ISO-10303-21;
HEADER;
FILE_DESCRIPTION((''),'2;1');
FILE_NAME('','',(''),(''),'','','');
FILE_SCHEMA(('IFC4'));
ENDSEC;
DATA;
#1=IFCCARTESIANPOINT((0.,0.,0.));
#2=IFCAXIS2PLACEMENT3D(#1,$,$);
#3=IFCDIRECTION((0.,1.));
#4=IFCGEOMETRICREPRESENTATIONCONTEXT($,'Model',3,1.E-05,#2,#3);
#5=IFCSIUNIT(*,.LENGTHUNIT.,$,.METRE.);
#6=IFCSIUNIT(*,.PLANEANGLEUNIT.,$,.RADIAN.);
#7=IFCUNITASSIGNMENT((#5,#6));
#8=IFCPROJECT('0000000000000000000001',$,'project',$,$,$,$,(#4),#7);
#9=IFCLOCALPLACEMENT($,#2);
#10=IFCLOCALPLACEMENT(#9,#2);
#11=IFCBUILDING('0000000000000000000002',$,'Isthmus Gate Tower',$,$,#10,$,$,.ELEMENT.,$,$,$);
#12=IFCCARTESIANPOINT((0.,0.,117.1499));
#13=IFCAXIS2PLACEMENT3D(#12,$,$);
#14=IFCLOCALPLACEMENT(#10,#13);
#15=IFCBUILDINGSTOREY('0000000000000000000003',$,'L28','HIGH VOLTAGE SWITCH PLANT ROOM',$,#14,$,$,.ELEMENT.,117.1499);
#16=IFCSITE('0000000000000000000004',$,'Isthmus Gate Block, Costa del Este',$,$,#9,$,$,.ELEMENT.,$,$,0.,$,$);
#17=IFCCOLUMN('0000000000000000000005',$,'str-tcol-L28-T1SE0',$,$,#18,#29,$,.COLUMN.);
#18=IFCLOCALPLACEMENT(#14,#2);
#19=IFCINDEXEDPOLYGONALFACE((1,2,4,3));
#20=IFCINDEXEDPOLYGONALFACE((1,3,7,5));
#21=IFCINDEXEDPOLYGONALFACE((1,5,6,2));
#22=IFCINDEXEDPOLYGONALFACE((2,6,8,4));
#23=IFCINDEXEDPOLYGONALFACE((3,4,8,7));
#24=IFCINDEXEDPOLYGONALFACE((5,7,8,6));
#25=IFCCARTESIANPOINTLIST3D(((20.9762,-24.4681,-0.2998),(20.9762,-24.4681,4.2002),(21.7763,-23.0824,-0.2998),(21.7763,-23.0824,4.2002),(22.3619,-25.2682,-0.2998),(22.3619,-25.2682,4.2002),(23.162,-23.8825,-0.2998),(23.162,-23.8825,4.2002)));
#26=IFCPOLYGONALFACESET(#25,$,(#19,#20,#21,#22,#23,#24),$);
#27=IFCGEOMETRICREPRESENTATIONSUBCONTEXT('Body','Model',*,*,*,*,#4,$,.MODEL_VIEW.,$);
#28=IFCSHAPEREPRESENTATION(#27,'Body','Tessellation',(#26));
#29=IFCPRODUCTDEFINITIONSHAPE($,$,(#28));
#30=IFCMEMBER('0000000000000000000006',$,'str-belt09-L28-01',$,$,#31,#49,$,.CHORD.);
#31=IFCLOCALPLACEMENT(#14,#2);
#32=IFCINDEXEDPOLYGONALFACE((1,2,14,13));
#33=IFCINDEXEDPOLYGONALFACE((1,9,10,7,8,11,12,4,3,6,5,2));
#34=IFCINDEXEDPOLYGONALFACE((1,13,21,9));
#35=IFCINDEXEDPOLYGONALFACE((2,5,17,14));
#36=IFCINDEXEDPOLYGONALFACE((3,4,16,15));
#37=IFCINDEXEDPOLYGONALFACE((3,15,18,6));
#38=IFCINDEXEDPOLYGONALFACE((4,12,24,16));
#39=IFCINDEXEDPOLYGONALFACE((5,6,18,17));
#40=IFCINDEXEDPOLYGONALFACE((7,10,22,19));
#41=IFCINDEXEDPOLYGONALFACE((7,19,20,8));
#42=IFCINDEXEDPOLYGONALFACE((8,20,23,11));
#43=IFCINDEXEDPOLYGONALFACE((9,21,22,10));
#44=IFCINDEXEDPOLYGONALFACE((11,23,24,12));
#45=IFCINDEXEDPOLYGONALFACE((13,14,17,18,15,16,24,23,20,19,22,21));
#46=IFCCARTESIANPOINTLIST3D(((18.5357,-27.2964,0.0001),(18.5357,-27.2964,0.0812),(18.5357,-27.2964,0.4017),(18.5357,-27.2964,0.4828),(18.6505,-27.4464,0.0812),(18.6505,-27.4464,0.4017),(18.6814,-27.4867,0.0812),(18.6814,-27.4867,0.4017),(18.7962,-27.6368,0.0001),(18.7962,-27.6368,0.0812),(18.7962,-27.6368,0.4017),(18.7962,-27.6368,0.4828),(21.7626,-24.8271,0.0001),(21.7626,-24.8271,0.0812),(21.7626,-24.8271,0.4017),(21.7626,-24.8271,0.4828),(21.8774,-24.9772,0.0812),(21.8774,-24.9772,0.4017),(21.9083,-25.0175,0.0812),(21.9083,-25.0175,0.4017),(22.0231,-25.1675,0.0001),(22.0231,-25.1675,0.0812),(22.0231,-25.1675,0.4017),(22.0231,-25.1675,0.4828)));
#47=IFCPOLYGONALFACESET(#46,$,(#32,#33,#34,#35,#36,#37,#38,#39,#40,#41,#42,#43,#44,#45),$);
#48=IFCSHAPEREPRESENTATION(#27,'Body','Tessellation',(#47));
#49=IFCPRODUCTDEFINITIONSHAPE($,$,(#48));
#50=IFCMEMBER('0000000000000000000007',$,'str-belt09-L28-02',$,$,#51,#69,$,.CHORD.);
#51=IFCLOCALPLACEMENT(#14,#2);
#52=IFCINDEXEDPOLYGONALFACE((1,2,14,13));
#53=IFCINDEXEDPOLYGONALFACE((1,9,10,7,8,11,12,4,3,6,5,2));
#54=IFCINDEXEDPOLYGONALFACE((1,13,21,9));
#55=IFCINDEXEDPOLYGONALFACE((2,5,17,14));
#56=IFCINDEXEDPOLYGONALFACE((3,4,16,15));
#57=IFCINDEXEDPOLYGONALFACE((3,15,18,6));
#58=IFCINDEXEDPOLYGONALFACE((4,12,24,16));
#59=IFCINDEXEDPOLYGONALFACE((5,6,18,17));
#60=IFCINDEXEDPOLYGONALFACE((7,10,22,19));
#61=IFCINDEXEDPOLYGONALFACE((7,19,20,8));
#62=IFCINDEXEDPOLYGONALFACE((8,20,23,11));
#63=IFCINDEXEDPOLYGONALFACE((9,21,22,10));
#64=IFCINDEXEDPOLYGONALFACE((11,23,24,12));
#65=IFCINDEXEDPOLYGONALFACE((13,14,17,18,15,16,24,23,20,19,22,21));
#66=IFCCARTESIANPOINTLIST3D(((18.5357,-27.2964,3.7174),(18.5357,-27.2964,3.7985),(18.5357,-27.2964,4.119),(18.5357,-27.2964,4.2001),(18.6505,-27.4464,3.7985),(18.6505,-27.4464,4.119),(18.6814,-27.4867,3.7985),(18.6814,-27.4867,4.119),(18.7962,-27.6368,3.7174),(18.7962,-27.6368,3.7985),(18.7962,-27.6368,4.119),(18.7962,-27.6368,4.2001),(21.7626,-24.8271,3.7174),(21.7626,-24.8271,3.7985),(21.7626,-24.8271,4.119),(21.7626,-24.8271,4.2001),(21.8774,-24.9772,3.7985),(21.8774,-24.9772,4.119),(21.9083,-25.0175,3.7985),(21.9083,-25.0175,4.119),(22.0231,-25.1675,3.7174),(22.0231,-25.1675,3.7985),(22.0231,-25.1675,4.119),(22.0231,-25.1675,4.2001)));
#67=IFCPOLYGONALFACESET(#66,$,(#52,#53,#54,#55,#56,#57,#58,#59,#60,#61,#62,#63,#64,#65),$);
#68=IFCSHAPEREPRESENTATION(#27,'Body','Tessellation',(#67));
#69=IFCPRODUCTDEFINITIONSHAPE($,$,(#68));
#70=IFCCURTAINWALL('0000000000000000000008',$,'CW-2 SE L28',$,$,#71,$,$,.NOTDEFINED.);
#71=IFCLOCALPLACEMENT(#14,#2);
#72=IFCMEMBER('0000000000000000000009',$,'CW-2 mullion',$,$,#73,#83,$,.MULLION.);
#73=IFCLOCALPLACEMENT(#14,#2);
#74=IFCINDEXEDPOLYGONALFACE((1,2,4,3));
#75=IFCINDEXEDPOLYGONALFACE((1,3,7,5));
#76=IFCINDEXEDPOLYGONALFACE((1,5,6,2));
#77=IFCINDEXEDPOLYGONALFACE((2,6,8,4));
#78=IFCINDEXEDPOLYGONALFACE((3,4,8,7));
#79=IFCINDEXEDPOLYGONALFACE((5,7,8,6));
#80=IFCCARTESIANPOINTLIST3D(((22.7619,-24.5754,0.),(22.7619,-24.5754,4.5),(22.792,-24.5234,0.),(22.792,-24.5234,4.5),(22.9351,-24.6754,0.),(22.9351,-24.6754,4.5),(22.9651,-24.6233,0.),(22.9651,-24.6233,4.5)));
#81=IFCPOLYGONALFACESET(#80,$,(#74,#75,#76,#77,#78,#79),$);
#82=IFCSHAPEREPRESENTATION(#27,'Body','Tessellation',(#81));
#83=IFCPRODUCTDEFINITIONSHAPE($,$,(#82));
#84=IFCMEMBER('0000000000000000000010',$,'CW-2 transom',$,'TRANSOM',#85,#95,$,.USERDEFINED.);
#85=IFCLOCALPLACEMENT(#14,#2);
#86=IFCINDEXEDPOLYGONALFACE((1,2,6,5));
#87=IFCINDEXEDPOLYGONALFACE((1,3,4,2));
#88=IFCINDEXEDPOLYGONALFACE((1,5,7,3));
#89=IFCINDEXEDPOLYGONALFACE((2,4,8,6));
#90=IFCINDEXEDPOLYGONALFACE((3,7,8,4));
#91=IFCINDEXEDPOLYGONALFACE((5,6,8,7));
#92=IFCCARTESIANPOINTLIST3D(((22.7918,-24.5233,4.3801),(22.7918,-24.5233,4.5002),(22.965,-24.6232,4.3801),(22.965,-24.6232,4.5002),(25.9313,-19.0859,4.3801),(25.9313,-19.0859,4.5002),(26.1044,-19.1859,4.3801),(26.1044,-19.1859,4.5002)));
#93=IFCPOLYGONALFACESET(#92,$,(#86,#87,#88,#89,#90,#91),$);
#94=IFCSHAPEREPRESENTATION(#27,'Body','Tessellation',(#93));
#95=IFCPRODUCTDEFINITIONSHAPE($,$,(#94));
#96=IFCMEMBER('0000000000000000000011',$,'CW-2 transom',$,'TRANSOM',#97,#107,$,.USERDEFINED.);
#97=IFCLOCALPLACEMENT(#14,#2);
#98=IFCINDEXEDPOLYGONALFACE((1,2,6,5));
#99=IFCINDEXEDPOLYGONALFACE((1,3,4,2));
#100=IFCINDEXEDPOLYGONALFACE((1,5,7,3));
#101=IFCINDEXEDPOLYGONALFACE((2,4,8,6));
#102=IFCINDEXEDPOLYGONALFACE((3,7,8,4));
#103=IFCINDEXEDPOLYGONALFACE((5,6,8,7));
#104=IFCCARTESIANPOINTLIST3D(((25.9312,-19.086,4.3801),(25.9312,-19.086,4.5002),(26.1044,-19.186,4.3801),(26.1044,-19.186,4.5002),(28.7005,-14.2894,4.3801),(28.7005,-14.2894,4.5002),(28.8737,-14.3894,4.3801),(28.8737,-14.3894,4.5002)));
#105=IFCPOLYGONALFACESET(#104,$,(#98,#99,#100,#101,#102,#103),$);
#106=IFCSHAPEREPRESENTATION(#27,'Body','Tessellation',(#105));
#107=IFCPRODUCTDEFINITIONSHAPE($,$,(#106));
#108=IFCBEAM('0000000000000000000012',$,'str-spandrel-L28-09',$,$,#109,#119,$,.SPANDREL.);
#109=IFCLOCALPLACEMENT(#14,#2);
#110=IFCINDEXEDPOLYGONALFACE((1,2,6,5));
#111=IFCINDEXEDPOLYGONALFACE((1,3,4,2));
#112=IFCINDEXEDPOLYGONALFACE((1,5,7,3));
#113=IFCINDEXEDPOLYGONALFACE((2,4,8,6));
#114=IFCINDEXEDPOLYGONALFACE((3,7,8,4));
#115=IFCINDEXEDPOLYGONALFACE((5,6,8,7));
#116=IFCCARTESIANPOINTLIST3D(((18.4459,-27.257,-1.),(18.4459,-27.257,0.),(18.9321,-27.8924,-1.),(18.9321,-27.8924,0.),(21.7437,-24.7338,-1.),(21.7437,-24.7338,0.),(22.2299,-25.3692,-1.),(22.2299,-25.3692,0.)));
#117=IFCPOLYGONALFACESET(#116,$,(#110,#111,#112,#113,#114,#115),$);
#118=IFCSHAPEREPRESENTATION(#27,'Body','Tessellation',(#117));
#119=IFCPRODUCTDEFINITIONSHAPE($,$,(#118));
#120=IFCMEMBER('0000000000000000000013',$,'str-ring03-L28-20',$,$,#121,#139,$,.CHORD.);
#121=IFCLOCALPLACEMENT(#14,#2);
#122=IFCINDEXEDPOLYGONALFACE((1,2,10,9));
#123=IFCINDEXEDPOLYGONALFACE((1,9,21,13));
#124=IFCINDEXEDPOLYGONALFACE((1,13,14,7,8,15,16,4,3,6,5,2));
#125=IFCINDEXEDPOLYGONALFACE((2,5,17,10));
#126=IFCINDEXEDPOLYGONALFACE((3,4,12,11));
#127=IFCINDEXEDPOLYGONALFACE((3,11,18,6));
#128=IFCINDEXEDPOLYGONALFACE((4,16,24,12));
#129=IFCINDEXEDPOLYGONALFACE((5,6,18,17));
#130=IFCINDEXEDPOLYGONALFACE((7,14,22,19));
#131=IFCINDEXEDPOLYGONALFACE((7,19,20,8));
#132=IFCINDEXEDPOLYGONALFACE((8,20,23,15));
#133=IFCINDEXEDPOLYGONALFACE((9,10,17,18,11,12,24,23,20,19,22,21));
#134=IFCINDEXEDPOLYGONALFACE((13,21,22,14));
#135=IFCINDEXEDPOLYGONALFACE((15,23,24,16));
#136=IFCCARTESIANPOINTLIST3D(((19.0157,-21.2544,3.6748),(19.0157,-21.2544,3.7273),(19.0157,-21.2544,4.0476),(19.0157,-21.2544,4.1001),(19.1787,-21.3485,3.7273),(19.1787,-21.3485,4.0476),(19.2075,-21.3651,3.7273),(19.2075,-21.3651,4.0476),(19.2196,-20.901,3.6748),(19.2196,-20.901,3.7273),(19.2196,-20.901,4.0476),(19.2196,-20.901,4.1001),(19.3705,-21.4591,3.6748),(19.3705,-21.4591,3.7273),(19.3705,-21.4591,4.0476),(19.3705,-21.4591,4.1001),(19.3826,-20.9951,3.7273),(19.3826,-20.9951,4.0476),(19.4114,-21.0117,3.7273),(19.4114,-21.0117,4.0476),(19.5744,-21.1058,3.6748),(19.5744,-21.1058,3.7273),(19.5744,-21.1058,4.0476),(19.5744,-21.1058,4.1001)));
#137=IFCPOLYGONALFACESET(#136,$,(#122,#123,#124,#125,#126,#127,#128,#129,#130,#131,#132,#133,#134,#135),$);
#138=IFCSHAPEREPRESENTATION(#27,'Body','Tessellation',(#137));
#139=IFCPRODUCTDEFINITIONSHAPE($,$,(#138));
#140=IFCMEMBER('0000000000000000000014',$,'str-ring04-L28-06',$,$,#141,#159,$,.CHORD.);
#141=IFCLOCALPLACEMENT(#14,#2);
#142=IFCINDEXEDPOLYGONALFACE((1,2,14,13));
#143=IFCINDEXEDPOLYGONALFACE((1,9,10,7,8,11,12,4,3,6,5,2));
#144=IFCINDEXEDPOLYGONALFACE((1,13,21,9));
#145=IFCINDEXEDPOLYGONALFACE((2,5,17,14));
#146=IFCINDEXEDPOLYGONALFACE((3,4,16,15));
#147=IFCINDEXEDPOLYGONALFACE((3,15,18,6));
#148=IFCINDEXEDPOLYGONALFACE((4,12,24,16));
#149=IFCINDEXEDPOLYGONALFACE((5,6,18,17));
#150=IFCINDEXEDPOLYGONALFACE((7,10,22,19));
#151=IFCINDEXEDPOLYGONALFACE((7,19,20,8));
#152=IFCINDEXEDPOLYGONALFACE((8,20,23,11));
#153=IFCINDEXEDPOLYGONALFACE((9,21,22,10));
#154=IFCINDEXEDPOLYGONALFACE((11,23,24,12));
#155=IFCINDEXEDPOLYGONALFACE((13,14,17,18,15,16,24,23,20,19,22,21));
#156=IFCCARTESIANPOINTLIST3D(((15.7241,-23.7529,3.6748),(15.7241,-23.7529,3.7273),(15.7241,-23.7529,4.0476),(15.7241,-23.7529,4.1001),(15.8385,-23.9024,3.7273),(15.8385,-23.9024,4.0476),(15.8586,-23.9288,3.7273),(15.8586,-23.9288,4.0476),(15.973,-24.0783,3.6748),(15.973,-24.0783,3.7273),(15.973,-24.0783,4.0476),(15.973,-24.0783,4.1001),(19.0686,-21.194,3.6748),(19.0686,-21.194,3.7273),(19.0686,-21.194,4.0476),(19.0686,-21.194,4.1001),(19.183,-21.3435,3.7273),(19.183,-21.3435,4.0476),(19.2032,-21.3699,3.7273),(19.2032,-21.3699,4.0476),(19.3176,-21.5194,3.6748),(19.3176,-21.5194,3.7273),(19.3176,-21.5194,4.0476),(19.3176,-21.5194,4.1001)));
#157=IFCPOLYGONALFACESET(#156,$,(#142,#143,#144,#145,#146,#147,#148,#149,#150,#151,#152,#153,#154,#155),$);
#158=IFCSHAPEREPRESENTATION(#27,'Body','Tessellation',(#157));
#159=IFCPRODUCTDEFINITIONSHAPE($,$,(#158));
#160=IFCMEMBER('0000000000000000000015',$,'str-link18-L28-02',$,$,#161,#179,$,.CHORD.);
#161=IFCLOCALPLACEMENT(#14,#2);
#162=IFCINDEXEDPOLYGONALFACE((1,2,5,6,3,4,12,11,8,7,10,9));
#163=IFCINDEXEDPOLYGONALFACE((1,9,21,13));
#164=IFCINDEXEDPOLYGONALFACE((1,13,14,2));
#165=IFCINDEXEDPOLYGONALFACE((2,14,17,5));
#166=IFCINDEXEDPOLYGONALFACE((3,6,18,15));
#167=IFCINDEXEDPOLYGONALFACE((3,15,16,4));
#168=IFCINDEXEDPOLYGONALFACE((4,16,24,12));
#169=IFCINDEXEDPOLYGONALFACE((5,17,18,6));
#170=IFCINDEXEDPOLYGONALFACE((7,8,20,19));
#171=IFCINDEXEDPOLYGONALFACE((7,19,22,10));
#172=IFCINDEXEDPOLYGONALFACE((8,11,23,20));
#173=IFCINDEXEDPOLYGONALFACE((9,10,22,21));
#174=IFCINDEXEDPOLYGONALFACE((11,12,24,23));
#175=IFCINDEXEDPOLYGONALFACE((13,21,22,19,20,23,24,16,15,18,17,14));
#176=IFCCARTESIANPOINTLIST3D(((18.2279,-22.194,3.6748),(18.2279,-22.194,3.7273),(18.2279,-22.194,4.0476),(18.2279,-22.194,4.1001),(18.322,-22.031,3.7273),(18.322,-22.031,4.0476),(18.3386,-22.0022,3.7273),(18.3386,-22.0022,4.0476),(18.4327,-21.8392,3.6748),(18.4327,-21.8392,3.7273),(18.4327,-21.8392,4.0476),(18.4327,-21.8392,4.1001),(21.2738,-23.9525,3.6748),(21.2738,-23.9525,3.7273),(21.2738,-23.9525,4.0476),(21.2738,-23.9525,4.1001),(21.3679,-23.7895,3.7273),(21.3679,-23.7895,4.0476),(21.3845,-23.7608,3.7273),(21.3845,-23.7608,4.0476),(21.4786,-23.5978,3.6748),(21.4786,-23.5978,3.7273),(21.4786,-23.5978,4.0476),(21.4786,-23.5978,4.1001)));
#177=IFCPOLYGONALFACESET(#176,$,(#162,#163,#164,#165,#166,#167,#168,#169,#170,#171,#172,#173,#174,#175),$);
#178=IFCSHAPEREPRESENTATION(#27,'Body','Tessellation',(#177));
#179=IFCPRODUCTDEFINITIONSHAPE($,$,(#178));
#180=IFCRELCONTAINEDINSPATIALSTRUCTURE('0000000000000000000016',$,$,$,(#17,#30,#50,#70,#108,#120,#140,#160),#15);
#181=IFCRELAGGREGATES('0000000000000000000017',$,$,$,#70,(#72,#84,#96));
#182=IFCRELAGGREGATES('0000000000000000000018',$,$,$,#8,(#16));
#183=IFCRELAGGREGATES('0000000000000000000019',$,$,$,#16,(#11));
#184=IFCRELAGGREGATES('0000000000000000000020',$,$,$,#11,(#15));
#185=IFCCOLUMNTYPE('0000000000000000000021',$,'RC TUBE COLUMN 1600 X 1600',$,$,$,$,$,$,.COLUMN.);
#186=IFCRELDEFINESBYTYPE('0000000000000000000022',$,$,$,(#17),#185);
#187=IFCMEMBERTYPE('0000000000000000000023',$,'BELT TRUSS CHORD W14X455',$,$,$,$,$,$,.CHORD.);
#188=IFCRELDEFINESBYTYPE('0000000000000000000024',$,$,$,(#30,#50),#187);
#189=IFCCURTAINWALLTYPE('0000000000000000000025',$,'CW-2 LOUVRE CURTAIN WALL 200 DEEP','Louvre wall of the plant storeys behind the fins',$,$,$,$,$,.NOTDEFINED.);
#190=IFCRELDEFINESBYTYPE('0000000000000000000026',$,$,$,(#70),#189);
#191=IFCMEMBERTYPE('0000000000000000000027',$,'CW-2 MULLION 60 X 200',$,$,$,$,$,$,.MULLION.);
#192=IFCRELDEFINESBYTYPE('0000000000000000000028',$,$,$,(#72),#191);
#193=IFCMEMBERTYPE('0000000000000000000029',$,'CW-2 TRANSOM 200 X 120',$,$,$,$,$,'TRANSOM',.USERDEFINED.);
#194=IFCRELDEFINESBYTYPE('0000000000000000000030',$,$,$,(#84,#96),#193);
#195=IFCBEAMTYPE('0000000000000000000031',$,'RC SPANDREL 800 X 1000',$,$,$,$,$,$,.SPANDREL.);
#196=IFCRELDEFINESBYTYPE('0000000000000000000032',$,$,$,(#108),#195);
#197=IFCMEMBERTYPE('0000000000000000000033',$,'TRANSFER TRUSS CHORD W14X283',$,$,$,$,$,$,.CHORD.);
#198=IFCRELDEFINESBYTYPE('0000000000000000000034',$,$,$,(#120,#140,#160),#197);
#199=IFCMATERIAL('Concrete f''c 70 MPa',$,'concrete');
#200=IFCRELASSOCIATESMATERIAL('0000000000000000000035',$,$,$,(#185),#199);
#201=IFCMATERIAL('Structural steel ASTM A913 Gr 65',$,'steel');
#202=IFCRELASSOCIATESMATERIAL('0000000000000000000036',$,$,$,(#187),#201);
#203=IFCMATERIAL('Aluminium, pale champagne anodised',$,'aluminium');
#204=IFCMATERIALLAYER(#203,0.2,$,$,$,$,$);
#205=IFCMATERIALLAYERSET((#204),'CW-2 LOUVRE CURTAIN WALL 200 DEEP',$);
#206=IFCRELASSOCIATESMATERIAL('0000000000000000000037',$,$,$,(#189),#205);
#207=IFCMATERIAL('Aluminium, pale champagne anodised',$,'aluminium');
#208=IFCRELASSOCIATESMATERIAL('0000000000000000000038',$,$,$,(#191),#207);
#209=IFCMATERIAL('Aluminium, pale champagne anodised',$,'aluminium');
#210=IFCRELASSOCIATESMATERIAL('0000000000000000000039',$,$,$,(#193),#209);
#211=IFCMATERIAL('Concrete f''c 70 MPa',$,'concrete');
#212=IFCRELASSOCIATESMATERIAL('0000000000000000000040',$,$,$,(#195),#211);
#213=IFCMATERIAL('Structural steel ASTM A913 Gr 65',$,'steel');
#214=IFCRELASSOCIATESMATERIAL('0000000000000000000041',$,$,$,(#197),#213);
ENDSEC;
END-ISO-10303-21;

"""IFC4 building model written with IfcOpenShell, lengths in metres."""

from ifc_helpers import new_model, si_unit, direction, frame, origin, origin_2d, place, context, subcontext, project, spatial, rectangle, i_section, extrude, material, layer, layer_set, material_profile, profile_set, type_object, element, aggregate, save


model = new_model("IFC4")

# Units and contexts
model_context = context("Model", 3, precision=1e-05, world=origin(), true_north=direction((0.0, 1.0)))
body_context = subcontext(model_context, "Body", "Model", "MODEL_VIEW")
ifc_project = project(units=[si_unit("LENGTHUNIT", "METRE"), si_unit("PLANEANGLEUNIT", "RADIAN")], contexts=[model_context])

# Site, building, storey
site_placement = place(None, origin())
site = spatial("IfcSite", under=ifc_project, at=site_placement, Name="Isthmus Gate Block, Costa del Este", CompositionType="ELEMENT", RefElevation=0.0)
building_placement = place(site_placement, origin())
building = spatial("IfcBuilding", under=site, at=building_placement, Name="Isthmus Gate Tower", CompositionType="ELEMENT")
storey_placement = place(building_placement, frame((0.0, 0.0, 117.1499)))
storey = spatial("IfcBuildingStorey", under=building, at=storey_placement, Name="L28", Description="HIGH VOLTAGE SWITCH PLANT ROOM", CompositionType="ELEMENT", Elevation=117.1499)

# Column
ifc_material_1 = material(Name="Concrete f'c 70 MPa", Category="concrete")
ifc_material_profile_1 = material_profile(ifc_material_1, rectangle(XDim=1.6001, YDim=1.6001, at=origin_2d()), Name="RC 1600X1600")
ifc_profile_set_1 = profile_set([ifc_material_profile_1], Name="Concrete f'c 70 MPa")
column_type = type_object("IfcColumnType", Name="RC TUBE COLUMN 1600 X 1600", PredefinedType="COLUMN", material=ifc_profile_set_1)
column_placement = place(storey_placement, frame((22.0691, -24.1753, -0.2998), z_axis=(0.0, 0.0, 1.0), x_axis=(0.5, 0.866025, 0.0)))
element("IfcColumn", 1, at=column_placement, inside=storey, type_object=column_type, Name="str-tcol-L28-T1SE0", PredefinedType="COLUMN", context=body_context, shape_type="SweptSolid", body=[
    extrude(rectangle(XDim=1.6001, YDim=1.6001, at=origin_2d()), origin(), (0.0, 0.0, 1.0), 4.5),
])

# Members
ifc_material_2 = material(Name="Structural steel ASTM A913 Gr 65", Category="steel")
ifc_material_profile_2 = material_profile(ifc_material_2, i_section(OverallWidth=0.4287, OverallDepth=0.4827, WebThickness=0.0508, FlangeThickness=0.0811, at=origin_2d()), Name="W14X455")
ifc_profile_set_2 = profile_set([ifc_material_profile_2], Name="Structural steel ASTM A913 Gr 65")
member_type_1 = type_object("IfcMemberType", Name="BELT TRUSS CHORD W14X455", PredefinedType="CHORD", material=ifc_profile_set_2)
for number, where, z_axis, x_axis, name in (
    (2, (21.8928, -24.9973, 0.2415), (-0.794158, -0.607711, 0.0), (0.607711, -0.794158, 0.0), "str-belt09-L28-01"),
    (3, (21.8928, -24.9973, 3.9587), (-0.794158, -0.607711, 0.0), (0.607711, -0.794158, 0.0), "str-belt09-L28-02"),
):
    element("IfcMember", number, at=place(storey_placement, frame(where, z_axis=z_axis, x_axis=x_axis)), inside=storey, type_object=member_type_1, Name=name, PredefinedType="CHORD", context=body_context, shape_type="SweptSolid", body=[
        extrude(i_section(OverallWidth=0.4287, OverallDepth=0.4827, WebThickness=0.0508, FlangeThickness=0.0811, at=origin_2d()), origin(), (0.0, 0.0, 1.0), 4.0632),
    ])

# Curtain wall, members
ifc_material_3 = material(Name="Aluminium, pale champagne anodised", Category="aluminium")
ifc_layer_1 = layer(ifc_material_3, 0.2)
ifc_layer_set_1 = layer_set([ifc_layer_1], Name="CW-2 LOUVRE CURTAIN WALL 200 DEEP")
curtain_wall_type = type_object("IfcCurtainWallType", Name="CW-2 LOUVRE CURTAIN WALL 200 DEEP", Description="Louvre wall of the plant storeys behind the fins", PredefinedType="NOTDEFINED", material=ifc_layer_set_1)
curtain_wall_1_placement = place(storey_placement, origin())
curtain_wall_1 = element("IfcCurtainWall", 4, at=curtain_wall_1_placement, inside=storey, type_object=curtain_wall_type, Name="CW-2 SE L28", PredefinedType="NOTDEFINED")
ifc_material_4 = material(Name="Aluminium, pale champagne anodised", Category="aluminium")
ifc_material_profile_3 = material_profile(ifc_material_4, rectangle(XDim=0.0601, YDim=0.2, at=origin_2d()), Name="60x200")
ifc_profile_set_3 = profile_set([ifc_material_profile_3], Name="Aluminium, pale champagne anodised")
member_type_2 = type_object("IfcMemberType", Name="CW-2 MULLION 60 X 200", PredefinedType="MULLION", material=ifc_profile_set_3)
member_1_placement = place(storey_placement, frame((22.8635, -24.5994, 0.0), z_axis=(0.0, 0.0, 1.0), x_axis=(0.5, 0.866025, 0.0)))
member_1 = element("IfcMember", 5, at=member_1_placement, type_object=member_type_2, Name="CW-2 mullion", PredefinedType="MULLION", context=body_context, shape_type="SweptSolid", body=[
    extrude(rectangle(XDim=0.0601, YDim=0.2, at=origin_2d()), origin(), (0.0, 0.0, 1.0), 4.5),
])
ifc_material_5 = material(Name="Aluminium, pale champagne anodised", Category="aluminium")
ifc_material_profile_4 = material_profile(ifc_material_5, rectangle(XDim=0.2, YDim=0.1201, at=origin_2d()), Name="200x120")
ifc_profile_set_4 = profile_set([ifc_material_profile_4], Name="Aluminium, pale champagne anodised")
member_type_3 = type_object("IfcMemberType", Name="CW-2 TRANSOM 200 X 120", ElementType="TRANSOM", PredefinedType="USERDEFINED", material=ifc_profile_set_4)
member_2_placement = place(storey_placement, frame((22.8784, -24.5732, 4.4402), z_axis=(0.500024, 0.866011, 0.0), x_axis=(-0.866011, 0.500024, 0.0)))
member_2 = element("IfcMember", 6, at=member_2_placement, type_object=member_type_3, Name="CW-2 transom", ObjectType="TRANSOM", PredefinedType="USERDEFINED", context=body_context, shape_type="SweptSolid", body=[
    extrude(rectangle(XDim=0.2, YDim=0.1201, at=origin_2d()), origin(), (0.0, 0.0, 1.0), 6.2786),
])
member_3_placement = place(storey_placement, frame((26.0178, -19.136, 4.4402), z_axis=(0.499993, 0.866029, 0.0), x_axis=(-0.866029, 0.499993, 0.0)))
member_3 = element("IfcMember", 7, at=member_3_placement, type_object=member_type_3, Name="CW-2 transom", ObjectType="TRANSOM", PredefinedType="USERDEFINED", context=body_context, shape_type="SweptSolid", body=[
    extrude(rectangle(XDim=0.2, YDim=0.1201, at=origin_2d()), origin(), (0.0, 0.0, 1.0), 5.5386),
])

# Beam
ifc_material_6 = material(Name="Concrete f'c 70 MPa", Category="concrete")
ifc_material_profile_5 = material_profile(ifc_material_6, rectangle(XDim=0.8, YDim=1.0, at=origin_2d()), Name="RC 800X1000")
ifc_profile_set_5 = profile_set([ifc_material_profile_5], Name="Concrete f'c 70 MPa")
beam_type = type_object("IfcBeamType", Name="RC SPANDREL 800 X 1000", PredefinedType="SPANDREL", material=ifc_profile_set_5)
beam_placement = place(storey_placement, frame((21.9868, -25.0515, -0.5), z_axis=(-0.794206, -0.607649, 0.0), x_axis=(0.607649, -0.794206, 0.0)))
element("IfcBeam", 8, at=beam_placement, inside=storey, type_object=beam_type, Name="str-spandrel-L28-09", PredefinedType="SPANDREL", context=body_context, shape_type="SweptSolid", body=[
    extrude(rectangle(XDim=0.8, YDim=1.0, at=origin_2d()), origin(), (0.0, 0.0, 1.0), 4.1523),
])

# Members
ifc_material_7 = material(Name="Structural steel ASTM A913 Gr 65", Category="steel")
ifc_material_profile_6 = material_profile(ifc_material_7, i_section(OverallWidth=0.4097, OverallDepth=0.4253, WebThickness=0.0332, FlangeThickness=0.0525, at=origin_2d()), Name="W14X283")
ifc_profile_set_6 = profile_set([ifc_material_profile_6], Name="Structural steel ASTM A913 Gr 65")
member_type_4 = type_object("IfcMemberType", Name="TRANSFER TRUSS CHORD W14X283", PredefinedType="CHORD", material=ifc_profile_set_6)
member_4_placement = place(storey_placement, frame((19.397, -21.0034, 3.8875), z_axis=(-0.499809, -0.866136, 0.0), x_axis=(0.866136, -0.499809, 0.0)))
element("IfcMember", 9, at=member_4_placement, inside=storey, type_object=member_type_4, Name="str-ring03-L28-20", PredefinedType="CHORD", context=body_context, shape_type="SweptSolid", body=[
    extrude(i_section(OverallWidth=0.4097, OverallDepth=0.4253, WebThickness=0.0332, FlangeThickness=0.0525, at=origin_2d()), origin(), (0.0, 0.0, 1.0), 0.408),
])
member_5_placement = place(storey_placement, frame((19.1931, -21.3567, 3.8875), z_axis=(-0.79421, -0.607644, 0.0), x_axis=(0.607644, -0.79421, 0.0)))
element("IfcMember", 10, at=member_5_placement, inside=storey, type_object=member_type_4, Name="str-ring04-L28-06", PredefinedType="CHORD", context=body_context, shape_type="SweptSolid", body=[
    extrude(i_section(OverallWidth=0.4097, OverallDepth=0.4253, WebThickness=0.0332, FlangeThickness=0.0525, at=origin_2d()), origin(), (0.0, 0.0, 1.0), 4.2112),
])
member_6_placement = place(storey_placement, frame((21.3762, -23.7751, 3.8875), z_axis=(-0.866026, 0.499999, 0.0), x_axis=(-0.499999, -0.866026, 0.0)))
element("IfcMember", 11, at=member_6_placement, inside=storey, type_object=member_type_4, Name="str-link18-L28-02", PredefinedType="CHORD", context=body_context, shape_type="SweptSolid", body=[
    extrude(i_section(OverallWidth=0.4097, OverallDepth=0.4253, WebThickness=0.0332, FlangeThickness=0.0525, at=origin_2d()), origin(), (0.0, 0.0, 1.0), 3.5171),
])

aggregate(curtain_wall_1, [member_1, member_2, member_3])

save(model, "model.ifc")
